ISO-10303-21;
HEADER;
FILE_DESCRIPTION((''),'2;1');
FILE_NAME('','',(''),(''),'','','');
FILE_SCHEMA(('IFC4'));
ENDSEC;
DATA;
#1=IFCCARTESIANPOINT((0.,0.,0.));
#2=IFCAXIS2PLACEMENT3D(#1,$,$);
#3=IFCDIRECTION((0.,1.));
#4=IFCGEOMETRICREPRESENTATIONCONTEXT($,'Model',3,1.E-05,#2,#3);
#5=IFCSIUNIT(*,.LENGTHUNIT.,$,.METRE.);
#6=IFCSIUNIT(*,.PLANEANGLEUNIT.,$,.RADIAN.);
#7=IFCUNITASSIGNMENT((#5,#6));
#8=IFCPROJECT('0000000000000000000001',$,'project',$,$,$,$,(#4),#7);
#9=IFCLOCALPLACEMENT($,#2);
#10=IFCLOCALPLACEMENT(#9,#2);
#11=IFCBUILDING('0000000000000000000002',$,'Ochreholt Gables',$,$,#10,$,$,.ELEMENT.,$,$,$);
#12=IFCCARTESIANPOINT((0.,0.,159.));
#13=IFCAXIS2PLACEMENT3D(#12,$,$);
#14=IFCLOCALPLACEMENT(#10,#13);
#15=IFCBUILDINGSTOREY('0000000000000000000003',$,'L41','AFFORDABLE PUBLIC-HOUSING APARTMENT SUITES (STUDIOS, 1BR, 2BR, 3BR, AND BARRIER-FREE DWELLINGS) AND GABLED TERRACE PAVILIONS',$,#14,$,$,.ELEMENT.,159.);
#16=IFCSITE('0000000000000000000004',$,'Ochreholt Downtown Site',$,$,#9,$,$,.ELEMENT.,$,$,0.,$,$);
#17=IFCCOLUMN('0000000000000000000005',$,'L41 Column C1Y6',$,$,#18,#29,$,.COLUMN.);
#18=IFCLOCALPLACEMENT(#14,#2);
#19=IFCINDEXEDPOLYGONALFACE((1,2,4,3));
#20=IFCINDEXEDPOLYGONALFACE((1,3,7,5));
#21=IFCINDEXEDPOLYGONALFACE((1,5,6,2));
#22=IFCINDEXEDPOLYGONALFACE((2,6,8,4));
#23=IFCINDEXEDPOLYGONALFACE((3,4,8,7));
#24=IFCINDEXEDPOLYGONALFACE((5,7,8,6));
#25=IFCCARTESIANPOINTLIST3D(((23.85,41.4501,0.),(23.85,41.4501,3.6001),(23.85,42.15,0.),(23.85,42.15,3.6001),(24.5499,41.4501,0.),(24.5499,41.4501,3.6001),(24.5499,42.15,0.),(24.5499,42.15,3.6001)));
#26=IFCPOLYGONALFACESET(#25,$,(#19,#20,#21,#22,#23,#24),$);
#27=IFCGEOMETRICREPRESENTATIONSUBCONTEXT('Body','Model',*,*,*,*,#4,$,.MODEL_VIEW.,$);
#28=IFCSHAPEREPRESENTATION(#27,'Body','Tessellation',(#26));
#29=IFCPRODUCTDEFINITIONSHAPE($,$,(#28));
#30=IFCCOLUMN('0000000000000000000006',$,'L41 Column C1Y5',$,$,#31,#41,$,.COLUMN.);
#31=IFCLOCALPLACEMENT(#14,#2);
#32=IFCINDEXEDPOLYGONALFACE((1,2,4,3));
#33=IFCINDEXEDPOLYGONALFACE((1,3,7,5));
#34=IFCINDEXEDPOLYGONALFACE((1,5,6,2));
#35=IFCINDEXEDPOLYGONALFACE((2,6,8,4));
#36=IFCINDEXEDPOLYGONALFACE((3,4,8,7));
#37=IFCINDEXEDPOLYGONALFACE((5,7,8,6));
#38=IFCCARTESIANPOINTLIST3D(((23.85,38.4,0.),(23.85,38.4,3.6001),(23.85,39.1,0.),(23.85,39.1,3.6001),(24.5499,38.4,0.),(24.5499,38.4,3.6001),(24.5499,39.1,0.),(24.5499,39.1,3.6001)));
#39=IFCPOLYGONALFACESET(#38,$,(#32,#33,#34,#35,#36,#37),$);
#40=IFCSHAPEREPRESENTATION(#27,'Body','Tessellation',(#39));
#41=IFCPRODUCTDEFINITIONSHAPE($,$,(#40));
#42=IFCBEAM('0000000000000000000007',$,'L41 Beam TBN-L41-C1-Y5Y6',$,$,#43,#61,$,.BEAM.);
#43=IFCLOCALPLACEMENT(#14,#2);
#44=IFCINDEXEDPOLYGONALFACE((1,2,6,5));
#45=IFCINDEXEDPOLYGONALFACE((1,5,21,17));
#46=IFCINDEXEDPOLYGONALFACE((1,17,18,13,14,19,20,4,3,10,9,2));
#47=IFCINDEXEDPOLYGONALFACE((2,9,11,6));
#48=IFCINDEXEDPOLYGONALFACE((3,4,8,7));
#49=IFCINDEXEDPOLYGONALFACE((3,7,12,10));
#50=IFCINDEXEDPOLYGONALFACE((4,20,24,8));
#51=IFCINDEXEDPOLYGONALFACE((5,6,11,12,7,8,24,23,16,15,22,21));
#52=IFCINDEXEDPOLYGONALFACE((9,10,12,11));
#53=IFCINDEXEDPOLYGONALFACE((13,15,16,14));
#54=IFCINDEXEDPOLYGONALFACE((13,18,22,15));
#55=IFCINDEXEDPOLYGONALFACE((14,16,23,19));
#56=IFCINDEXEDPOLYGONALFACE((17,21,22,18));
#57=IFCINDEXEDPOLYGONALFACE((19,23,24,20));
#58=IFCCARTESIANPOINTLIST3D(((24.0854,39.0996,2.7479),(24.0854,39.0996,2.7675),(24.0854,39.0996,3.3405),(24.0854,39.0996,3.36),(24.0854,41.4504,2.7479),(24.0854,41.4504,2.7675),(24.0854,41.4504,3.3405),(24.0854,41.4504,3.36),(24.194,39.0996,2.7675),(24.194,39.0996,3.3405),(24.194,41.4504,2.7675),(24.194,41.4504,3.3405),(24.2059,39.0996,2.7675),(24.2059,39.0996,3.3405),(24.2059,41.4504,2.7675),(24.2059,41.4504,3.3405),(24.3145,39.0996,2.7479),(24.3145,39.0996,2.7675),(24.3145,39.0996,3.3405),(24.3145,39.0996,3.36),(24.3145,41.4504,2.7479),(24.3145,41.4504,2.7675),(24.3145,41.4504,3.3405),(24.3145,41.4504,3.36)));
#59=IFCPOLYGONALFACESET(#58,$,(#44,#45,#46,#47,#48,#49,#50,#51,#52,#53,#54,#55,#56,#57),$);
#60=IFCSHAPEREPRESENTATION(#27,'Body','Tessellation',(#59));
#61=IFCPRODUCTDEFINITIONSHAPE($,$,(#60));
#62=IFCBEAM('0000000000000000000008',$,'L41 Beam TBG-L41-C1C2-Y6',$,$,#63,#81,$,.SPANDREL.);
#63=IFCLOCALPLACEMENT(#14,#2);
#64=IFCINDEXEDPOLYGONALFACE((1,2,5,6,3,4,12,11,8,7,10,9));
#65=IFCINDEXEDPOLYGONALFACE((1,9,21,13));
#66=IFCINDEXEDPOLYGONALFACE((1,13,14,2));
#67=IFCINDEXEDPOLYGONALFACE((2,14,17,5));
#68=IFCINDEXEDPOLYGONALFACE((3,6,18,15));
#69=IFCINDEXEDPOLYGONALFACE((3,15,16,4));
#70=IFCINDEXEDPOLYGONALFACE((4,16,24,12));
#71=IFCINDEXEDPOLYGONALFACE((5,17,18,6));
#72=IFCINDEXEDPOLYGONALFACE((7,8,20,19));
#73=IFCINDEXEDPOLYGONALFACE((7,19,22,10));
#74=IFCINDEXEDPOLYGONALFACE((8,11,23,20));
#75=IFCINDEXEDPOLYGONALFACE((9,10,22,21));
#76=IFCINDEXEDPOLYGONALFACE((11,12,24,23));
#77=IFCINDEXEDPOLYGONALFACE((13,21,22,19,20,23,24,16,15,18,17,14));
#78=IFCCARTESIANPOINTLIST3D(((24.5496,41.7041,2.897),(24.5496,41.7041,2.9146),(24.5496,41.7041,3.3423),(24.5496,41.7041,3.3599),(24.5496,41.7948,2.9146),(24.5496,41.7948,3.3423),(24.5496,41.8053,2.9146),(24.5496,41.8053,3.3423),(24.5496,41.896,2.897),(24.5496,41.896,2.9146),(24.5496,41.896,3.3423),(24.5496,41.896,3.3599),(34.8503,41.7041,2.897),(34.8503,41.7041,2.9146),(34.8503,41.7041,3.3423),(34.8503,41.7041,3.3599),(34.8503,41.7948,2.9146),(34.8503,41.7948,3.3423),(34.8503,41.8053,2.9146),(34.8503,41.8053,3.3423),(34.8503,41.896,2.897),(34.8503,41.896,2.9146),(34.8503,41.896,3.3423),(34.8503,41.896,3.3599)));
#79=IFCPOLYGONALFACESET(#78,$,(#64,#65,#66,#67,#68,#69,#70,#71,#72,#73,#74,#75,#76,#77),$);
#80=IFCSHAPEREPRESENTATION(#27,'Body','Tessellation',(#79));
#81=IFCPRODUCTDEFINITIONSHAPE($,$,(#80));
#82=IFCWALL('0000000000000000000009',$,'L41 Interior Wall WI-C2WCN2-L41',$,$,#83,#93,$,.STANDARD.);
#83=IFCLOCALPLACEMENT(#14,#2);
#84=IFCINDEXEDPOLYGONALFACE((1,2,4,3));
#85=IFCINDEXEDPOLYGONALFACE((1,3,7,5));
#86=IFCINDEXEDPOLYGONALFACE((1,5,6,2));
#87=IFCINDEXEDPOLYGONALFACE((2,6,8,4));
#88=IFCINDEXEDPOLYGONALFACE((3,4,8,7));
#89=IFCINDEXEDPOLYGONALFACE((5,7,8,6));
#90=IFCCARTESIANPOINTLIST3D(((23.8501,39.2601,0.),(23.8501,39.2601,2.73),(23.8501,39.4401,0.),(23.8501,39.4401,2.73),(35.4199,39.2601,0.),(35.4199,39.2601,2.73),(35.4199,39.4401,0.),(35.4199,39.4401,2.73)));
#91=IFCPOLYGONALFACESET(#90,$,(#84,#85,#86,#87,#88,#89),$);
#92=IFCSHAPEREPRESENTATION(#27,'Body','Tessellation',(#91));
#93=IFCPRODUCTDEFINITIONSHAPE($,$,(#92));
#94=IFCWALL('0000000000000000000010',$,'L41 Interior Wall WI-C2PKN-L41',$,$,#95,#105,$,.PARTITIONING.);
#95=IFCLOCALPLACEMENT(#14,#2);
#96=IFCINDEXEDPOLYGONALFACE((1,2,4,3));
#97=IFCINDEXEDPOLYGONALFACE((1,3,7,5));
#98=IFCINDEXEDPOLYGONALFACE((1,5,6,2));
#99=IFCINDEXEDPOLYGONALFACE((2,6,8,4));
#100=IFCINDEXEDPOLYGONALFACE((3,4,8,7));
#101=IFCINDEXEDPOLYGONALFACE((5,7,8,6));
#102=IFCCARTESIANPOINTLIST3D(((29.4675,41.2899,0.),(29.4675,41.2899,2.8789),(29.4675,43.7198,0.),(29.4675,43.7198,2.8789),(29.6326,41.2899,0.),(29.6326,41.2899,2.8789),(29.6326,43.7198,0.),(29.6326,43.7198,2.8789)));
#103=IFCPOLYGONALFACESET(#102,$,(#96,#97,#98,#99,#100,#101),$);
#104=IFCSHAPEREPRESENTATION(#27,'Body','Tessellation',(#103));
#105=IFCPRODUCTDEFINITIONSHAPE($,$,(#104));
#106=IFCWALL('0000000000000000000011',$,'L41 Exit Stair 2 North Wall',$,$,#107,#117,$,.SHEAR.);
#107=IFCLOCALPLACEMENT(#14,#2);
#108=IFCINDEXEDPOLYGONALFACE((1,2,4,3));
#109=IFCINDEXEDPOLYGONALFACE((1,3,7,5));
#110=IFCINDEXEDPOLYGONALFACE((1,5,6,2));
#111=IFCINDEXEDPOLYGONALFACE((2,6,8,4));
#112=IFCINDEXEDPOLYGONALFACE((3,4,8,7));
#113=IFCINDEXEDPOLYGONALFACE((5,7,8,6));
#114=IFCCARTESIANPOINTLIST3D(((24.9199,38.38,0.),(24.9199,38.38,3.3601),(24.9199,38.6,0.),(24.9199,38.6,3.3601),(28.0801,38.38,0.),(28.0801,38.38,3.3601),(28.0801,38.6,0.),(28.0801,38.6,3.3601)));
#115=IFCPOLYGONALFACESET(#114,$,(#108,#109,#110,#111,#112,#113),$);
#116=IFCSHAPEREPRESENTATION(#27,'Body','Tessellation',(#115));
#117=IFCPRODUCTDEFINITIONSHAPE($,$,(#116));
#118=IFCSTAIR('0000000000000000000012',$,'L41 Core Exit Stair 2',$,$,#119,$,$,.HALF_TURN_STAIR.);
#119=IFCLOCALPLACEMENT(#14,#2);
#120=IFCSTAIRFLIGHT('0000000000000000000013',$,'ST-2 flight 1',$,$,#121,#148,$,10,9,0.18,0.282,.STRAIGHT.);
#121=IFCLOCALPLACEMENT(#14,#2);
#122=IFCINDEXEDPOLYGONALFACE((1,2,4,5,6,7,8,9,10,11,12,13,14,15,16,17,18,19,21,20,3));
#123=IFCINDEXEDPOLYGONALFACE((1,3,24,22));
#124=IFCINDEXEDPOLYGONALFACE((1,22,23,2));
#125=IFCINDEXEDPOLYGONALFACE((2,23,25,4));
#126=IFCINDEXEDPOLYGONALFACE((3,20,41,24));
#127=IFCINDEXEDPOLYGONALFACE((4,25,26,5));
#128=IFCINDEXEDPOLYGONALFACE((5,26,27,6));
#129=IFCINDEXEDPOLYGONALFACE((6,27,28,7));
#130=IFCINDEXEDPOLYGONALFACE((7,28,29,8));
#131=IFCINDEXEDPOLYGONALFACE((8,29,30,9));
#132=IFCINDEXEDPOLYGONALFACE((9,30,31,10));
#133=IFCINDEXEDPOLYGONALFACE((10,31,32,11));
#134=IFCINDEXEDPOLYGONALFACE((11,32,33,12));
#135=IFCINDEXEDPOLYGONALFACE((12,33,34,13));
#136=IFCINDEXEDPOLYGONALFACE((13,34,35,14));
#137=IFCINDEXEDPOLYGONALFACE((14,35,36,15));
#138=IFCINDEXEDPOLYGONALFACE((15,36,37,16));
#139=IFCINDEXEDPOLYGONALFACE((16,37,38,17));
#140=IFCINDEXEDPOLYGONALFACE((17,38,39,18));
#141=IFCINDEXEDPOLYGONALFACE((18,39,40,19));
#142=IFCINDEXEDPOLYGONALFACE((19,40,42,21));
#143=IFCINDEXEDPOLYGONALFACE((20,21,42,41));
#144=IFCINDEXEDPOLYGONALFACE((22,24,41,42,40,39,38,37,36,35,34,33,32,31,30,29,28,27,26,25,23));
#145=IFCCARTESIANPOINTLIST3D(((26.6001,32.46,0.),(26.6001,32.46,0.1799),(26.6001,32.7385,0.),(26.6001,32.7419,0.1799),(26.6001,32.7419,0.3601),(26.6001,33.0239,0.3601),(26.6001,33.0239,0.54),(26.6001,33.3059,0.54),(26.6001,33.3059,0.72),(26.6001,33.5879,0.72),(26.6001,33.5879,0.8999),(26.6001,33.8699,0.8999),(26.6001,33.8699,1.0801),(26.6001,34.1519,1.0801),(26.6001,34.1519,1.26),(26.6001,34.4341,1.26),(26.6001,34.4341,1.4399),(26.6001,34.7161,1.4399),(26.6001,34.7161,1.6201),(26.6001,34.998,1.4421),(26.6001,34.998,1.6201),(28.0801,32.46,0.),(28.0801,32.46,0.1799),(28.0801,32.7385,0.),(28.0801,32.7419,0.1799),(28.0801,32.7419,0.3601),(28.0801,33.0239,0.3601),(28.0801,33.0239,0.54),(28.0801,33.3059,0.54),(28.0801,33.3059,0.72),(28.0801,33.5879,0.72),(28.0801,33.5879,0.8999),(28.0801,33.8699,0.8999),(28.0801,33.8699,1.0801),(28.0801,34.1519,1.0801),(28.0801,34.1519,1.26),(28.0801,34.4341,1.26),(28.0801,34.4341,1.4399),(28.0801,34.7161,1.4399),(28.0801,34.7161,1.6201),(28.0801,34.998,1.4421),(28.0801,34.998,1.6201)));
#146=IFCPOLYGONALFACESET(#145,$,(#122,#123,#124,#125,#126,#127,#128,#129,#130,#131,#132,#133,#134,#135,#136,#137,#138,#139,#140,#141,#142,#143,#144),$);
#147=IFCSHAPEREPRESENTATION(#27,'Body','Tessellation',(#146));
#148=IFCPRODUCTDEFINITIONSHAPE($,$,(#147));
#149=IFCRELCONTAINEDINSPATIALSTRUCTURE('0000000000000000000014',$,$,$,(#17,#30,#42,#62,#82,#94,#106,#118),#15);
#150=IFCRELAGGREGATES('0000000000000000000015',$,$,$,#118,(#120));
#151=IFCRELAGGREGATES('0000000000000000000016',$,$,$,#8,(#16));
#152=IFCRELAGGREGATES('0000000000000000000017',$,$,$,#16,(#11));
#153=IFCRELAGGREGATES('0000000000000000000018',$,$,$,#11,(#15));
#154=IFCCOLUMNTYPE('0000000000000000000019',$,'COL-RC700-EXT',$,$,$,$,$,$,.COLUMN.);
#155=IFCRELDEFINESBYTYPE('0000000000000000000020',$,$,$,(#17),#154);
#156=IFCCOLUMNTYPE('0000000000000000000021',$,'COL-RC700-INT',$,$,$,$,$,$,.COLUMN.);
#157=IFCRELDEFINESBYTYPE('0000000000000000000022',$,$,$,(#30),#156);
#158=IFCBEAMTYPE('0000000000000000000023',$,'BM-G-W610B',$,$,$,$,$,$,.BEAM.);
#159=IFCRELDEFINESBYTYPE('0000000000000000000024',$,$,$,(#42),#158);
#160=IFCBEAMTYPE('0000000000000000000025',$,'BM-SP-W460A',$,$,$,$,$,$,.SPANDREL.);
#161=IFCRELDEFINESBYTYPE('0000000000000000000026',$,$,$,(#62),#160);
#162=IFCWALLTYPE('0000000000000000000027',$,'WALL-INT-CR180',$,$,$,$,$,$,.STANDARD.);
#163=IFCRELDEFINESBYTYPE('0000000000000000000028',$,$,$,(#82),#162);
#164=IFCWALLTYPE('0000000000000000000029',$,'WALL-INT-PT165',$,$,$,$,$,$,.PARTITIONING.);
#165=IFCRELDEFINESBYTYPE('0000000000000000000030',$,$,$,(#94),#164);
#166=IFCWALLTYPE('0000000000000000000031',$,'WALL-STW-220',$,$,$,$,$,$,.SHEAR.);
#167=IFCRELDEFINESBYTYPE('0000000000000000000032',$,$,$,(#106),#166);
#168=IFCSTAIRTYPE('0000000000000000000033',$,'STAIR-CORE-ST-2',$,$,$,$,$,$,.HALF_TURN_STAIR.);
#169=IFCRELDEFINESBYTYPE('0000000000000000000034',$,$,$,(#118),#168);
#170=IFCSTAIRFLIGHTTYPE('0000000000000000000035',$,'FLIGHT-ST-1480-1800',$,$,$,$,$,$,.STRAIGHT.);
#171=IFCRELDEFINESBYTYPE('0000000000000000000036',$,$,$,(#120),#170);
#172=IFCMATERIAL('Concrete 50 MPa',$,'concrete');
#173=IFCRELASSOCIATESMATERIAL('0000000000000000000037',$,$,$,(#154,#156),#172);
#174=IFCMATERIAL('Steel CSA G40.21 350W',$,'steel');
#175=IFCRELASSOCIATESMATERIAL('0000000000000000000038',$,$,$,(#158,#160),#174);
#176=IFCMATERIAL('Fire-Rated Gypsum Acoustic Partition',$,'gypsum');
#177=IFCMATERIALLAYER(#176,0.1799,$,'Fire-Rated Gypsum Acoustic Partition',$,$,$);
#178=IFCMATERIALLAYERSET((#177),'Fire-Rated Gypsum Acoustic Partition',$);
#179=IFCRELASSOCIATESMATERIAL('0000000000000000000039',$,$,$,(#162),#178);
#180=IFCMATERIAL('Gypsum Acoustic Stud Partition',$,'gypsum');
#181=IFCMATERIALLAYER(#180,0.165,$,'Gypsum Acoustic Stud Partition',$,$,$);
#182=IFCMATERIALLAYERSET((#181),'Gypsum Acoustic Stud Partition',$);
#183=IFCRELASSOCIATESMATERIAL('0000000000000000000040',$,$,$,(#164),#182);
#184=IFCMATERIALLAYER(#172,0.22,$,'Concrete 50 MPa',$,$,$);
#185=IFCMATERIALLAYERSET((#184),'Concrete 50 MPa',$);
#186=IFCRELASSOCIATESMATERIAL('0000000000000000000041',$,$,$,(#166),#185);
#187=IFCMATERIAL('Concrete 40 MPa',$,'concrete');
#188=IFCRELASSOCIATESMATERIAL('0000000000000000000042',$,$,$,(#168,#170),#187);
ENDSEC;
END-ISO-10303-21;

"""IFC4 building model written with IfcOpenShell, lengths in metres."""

from ifc_helpers import new_model, si_unit, direction, frame, frame_2d, origin, origin_2d, place, context, subcontext, project, spatial, polyline, rectangle, i_section, outline, extrude, material, layer, layer_set, material_profile, profile_set, type_object, element, aggregate, save


model = new_model("IFC4")

# Units and contexts
model_context = context("Model", 3, precision=1e-05, world=origin(), true_north=direction((0.0, 1.0)))
body_context = subcontext(model_context, "Body", "Model", "MODEL_VIEW")
ifc_project = project(units=[si_unit("LENGTHUNIT", "METRE"), si_unit("PLANEANGLEUNIT", "RADIAN")], contexts=[model_context])

# Site, building, storey
site_placement = place(None, origin())
site = spatial("IfcSite", under=ifc_project, at=site_placement, Name="Ochreholt Downtown Site", CompositionType="ELEMENT", RefElevation=0.0)
building_placement = place(site_placement, origin())
building = spatial("IfcBuilding", under=site, at=building_placement, Name="Ochreholt Gables", CompositionType="ELEMENT")
storey_placement = place(building_placement, frame((0.0, 0.0, 159.0)))
storey = spatial("IfcBuildingStorey", under=building, at=storey_placement, Name="L41", Description="AFFORDABLE PUBLIC-HOUSING APARTMENT SUITES (STUDIOS, 1BR, 2BR, 3BR, AND BARRIER-FREE DWELLINGS) AND GABLED TERRACE PAVILIONS", CompositionType="ELEMENT", Elevation=159.0)

# Columns
ifc_material_1 = material(Name="Concrete 50 MPa", Category="concrete")
ifc_material_profile_1 = material_profile(ifc_material_1, rectangle(XDim=0.7, YDim=0.7, at=origin_2d()), Name="RC700X700")
ifc_profile_set_1 = profile_set([ifc_material_profile_1], Name="Concrete 50 MPa")
column_type_1 = type_object("IfcColumnType", Name="COL-RC700-EXT", PredefinedType="COLUMN", material=ifc_profile_set_1)
column_1_placement = place(storey_placement, frame((24.2, 41.8, 0.0), z_axis=(0.0, 0.0, 1.0), x_axis=(1.0, 0.0, 0.0)))
element("IfcColumn", 1, at=column_1_placement, inside=storey, type_object=column_type_1, Name="L41 Column C1Y6", PredefinedType="COLUMN", context=body_context, shape_type="SweptSolid", body=[
    extrude(rectangle(XDim=0.7, YDim=0.7, at=origin_2d()), origin(), (0.0, 0.0, 1.0), 3.6001),
])
ifc_material_profile_2 = material_profile(ifc_material_1, rectangle(XDim=0.7, YDim=0.7, at=origin_2d()), Name="RC700X700")
ifc_profile_set_2 = profile_set([ifc_material_profile_2], Name="Concrete 50 MPa")
column_type_2 = type_object("IfcColumnType", Name="COL-RC700-INT", PredefinedType="COLUMN", material=ifc_profile_set_2)
column_2_placement = place(storey_placement, frame((24.2, 38.75, 0.0), z_axis=(0.0, 0.0, 1.0), x_axis=(1.0, 0.0, 0.0)))
element("IfcColumn", 2, at=column_2_placement, inside=storey, type_object=column_type_2, Name="L41 Column C1Y5", PredefinedType="COLUMN", context=body_context, shape_type="SweptSolid", body=[
    extrude(rectangle(XDim=0.7, YDim=0.7, at=origin_2d()), origin(), (0.0, 0.0, 1.0), 3.6001),
])

# Beams
ifc_material_2 = material(Name="Steel CSA G40.21 350W", Category="steel")
ifc_material_profile_3 = material_profile(ifc_material_2, i_section(OverallWidth=0.229, OverallDepth=0.6121, WebThickness=0.012, FlangeThickness=0.0195, at=origin_2d()), Name="W610X125")
ifc_profile_set_3 = profile_set([ifc_material_profile_3], Name="Steel CSA G40.21 350W")
beam_type_1 = type_object("IfcBeamType", Name="BM-G-W610B", PredefinedType="BEAM", material=ifc_profile_set_3)
beam_1_placement = place(storey_placement, frame((24.2, 39.0996, 3.054), z_axis=(0.0, 1.0, 0.0), x_axis=(-1.0, 0.0, 0.0)))
element("IfcBeam", 3, at=beam_1_placement, inside=storey, type_object=beam_type_1, Name="L41 Beam TBN-L41-C1-Y5Y6", PredefinedType="BEAM", context=body_context, shape_type="SweptSolid", body=[
    extrude(i_section(OverallWidth=0.229, OverallDepth=0.6121, WebThickness=0.012, FlangeThickness=0.0195, at=origin_2d()), origin(), (0.0, 0.0, 1.0), 2.3508),
])
ifc_material_profile_4 = material_profile(ifc_material_2, i_section(OverallWidth=0.1919, OverallDepth=0.4629, WebThickness=0.0105, FlangeThickness=0.0176, at=origin_2d()), Name="W460X89")
ifc_profile_set_4 = profile_set([ifc_material_profile_4], Name="Steel CSA G40.21 350W")
beam_type_2 = type_object("IfcBeamType", Name="BM-SP-W460A", PredefinedType="SPANDREL", material=ifc_profile_set_4)
beam_2_placement = place(storey_placement, frame((24.5496, 41.8, 3.1284), z_axis=(1.0, 0.0, 0.0), x_axis=(0.0, 1.0, 0.0)))
element("IfcBeam", 4, at=beam_2_placement, inside=storey, type_object=beam_type_2, Name="L41 Beam TBG-L41-C1C2-Y6", PredefinedType="SPANDREL", context=body_context, shape_type="SweptSolid", body=[
    extrude(i_section(OverallWidth=0.1919, OverallDepth=0.4629, WebThickness=0.0105, FlangeThickness=0.0176, at=origin_2d()), origin(), (0.0, 0.0, 1.0), 10.3008),
])

# Walls
ifc_material_3 = material(Name="Fire-Rated Gypsum Acoustic Partition", Category="gypsum")
ifc_layer_1 = layer(ifc_material_3, 0.1799, Name="Fire-Rated Gypsum Acoustic Partition")
ifc_layer_set_1 = layer_set([ifc_layer_1], Name="Fire-Rated Gypsum Acoustic Partition")
wall_type_1 = type_object("IfcWallType", Name="WALL-INT-CR180", PredefinedType="STANDARD", material=ifc_layer_set_1)
wall_1_placement = place(storey_placement, frame((23.8501, 39.3501, 0.0), z_axis=(0.0, 0.0, 1.0), x_axis=(1.0, 0.0, 0.0)))
element("IfcWall", 5, at=wall_1_placement, inside=storey, type_object=wall_type_1, Name="L41 Interior Wall WI-C2WCN2-L41", PredefinedType="STANDARD", context=body_context, shape_type="SweptSolid", body=[
    extrude(rectangle(XDim=11.5698, YDim=0.1799, at=frame_2d((5.7849, 0.0))), origin(), (0.0, 0.0, 1.0), 2.73),
])
ifc_material_4 = material(Name="Gypsum Acoustic Stud Partition", Category="gypsum")
ifc_layer_2 = layer(ifc_material_4, 0.165, Name="Gypsum Acoustic Stud Partition")
ifc_layer_set_2 = layer_set([ifc_layer_2], Name="Gypsum Acoustic Stud Partition")
wall_type_2 = type_object("IfcWallType", Name="WALL-INT-PT165", PredefinedType="PARTITIONING", material=ifc_layer_set_2)
wall_2_placement = place(storey_placement, frame((29.55, 41.29, 0.0), z_axis=(0.0, 0.0, 1.0), x_axis=(0.0, 1.0, 0.0)))
element("IfcWall", 6, at=wall_2_placement, inside=storey, type_object=wall_type_2, Name="L41 Interior Wall WI-C2PKN-L41", PredefinedType="PARTITIONING", context=body_context, shape_type="SweptSolid", body=[
    extrude(rectangle(XDim=2.4299, YDim=0.165, at=frame_2d((1.2148, 0.0))), origin(), (0.0, 0.0, 1.0), 2.8789),
])
ifc_layer_3 = layer(ifc_material_1, 0.22, Name="Concrete 50 MPa")
ifc_layer_set_3 = layer_set([ifc_layer_3], Name="Concrete 50 MPa")
wall_type_3 = type_object("IfcWallType", Name="WALL-STW-220", PredefinedType="SHEAR", material=ifc_layer_set_3)
wall_3_placement = place(storey_placement, frame((24.9199, 38.49, 0.0), z_axis=(0.0, 0.0, 1.0), x_axis=(1.0, 0.0, 0.0)))
element("IfcWall", 7, at=wall_3_placement, inside=storey, type_object=wall_type_3, Name="L41 Exit Stair 2 North Wall", PredefinedType="SHEAR", context=body_context, shape_type="SweptSolid", body=[
    extrude(rectangle(XDim=3.1602, YDim=0.22, at=frame_2d((1.5801, 0.0))), origin(), (0.0, 0.0, 1.0), 3.3601),
])

# Stair, stair flight
ifc_material_5 = material(Name="Concrete 40 MPa", Category="concrete")
stair_type = type_object("IfcStairType", Name="STAIR-CORE-ST-2", PredefinedType="HALF_TURN_STAIR", material=ifc_material_5)
stair_placement = place(storey_placement, origin())
stair = element("IfcStair", 8, at=stair_placement, inside=storey, type_object=stair_type, Name="L41 Core Exit Stair 2", PredefinedType="HALF_TURN_STAIR")
stair_flight_type = type_object("IfcStairFlightType", Name="FLIGHT-ST-1480-1800", PredefinedType="STRAIGHT", material=ifc_material_5)
stair_flight_1_placement = place(storey_placement, frame((27.3401, 32.46, 0.0), z_axis=(0.0, 0.0, 1.0), x_axis=(0.0, 1.0, 0.0)))
stair_flight_1 = element("IfcStairFlight", 9, at=stair_flight_1_placement, type_object=stair_flight_type, Name="ST-2 flight 1", NumberOfRisers=10, NumberOfTreads=9, PredefinedType="STRAIGHT", RiserHeight=0.18, TreadLength=0.282, context=body_context, shape_type="SweptSolid", body=[
    extrude(outline(polyline([(0.0, 0.0), (0.0, 0.1799), (0.282, 0.1799), (0.282, 0.3601), (0.564, 0.3601), (0.564, 0.54), (0.8459, 0.54), (0.8459, 0.72), (1.1279, 0.72), (1.1279, 0.8999), (1.4099, 0.8999), (1.4099, 1.0801), (1.6919, 1.0801), (1.6919, 1.26), (1.9741, 1.26), (1.9741, 1.4399), (2.2561, 1.4399), (2.2561, 1.6201), (2.5381, 1.6201), (2.5381, 1.8), (2.5381, 1.4421), (0.2786, 0.0), (0.0, 0.0)])), frame((0.0, 0.74, 0.0), z_axis=(0.0, -1.0, 0.0), x_axis=(1.0, 0.0, 0.0)), (0.0, 0.0, 1.0), 1.48),
])
aggregate(stair, [stair_flight_1])

save(model, "model.ifc")
